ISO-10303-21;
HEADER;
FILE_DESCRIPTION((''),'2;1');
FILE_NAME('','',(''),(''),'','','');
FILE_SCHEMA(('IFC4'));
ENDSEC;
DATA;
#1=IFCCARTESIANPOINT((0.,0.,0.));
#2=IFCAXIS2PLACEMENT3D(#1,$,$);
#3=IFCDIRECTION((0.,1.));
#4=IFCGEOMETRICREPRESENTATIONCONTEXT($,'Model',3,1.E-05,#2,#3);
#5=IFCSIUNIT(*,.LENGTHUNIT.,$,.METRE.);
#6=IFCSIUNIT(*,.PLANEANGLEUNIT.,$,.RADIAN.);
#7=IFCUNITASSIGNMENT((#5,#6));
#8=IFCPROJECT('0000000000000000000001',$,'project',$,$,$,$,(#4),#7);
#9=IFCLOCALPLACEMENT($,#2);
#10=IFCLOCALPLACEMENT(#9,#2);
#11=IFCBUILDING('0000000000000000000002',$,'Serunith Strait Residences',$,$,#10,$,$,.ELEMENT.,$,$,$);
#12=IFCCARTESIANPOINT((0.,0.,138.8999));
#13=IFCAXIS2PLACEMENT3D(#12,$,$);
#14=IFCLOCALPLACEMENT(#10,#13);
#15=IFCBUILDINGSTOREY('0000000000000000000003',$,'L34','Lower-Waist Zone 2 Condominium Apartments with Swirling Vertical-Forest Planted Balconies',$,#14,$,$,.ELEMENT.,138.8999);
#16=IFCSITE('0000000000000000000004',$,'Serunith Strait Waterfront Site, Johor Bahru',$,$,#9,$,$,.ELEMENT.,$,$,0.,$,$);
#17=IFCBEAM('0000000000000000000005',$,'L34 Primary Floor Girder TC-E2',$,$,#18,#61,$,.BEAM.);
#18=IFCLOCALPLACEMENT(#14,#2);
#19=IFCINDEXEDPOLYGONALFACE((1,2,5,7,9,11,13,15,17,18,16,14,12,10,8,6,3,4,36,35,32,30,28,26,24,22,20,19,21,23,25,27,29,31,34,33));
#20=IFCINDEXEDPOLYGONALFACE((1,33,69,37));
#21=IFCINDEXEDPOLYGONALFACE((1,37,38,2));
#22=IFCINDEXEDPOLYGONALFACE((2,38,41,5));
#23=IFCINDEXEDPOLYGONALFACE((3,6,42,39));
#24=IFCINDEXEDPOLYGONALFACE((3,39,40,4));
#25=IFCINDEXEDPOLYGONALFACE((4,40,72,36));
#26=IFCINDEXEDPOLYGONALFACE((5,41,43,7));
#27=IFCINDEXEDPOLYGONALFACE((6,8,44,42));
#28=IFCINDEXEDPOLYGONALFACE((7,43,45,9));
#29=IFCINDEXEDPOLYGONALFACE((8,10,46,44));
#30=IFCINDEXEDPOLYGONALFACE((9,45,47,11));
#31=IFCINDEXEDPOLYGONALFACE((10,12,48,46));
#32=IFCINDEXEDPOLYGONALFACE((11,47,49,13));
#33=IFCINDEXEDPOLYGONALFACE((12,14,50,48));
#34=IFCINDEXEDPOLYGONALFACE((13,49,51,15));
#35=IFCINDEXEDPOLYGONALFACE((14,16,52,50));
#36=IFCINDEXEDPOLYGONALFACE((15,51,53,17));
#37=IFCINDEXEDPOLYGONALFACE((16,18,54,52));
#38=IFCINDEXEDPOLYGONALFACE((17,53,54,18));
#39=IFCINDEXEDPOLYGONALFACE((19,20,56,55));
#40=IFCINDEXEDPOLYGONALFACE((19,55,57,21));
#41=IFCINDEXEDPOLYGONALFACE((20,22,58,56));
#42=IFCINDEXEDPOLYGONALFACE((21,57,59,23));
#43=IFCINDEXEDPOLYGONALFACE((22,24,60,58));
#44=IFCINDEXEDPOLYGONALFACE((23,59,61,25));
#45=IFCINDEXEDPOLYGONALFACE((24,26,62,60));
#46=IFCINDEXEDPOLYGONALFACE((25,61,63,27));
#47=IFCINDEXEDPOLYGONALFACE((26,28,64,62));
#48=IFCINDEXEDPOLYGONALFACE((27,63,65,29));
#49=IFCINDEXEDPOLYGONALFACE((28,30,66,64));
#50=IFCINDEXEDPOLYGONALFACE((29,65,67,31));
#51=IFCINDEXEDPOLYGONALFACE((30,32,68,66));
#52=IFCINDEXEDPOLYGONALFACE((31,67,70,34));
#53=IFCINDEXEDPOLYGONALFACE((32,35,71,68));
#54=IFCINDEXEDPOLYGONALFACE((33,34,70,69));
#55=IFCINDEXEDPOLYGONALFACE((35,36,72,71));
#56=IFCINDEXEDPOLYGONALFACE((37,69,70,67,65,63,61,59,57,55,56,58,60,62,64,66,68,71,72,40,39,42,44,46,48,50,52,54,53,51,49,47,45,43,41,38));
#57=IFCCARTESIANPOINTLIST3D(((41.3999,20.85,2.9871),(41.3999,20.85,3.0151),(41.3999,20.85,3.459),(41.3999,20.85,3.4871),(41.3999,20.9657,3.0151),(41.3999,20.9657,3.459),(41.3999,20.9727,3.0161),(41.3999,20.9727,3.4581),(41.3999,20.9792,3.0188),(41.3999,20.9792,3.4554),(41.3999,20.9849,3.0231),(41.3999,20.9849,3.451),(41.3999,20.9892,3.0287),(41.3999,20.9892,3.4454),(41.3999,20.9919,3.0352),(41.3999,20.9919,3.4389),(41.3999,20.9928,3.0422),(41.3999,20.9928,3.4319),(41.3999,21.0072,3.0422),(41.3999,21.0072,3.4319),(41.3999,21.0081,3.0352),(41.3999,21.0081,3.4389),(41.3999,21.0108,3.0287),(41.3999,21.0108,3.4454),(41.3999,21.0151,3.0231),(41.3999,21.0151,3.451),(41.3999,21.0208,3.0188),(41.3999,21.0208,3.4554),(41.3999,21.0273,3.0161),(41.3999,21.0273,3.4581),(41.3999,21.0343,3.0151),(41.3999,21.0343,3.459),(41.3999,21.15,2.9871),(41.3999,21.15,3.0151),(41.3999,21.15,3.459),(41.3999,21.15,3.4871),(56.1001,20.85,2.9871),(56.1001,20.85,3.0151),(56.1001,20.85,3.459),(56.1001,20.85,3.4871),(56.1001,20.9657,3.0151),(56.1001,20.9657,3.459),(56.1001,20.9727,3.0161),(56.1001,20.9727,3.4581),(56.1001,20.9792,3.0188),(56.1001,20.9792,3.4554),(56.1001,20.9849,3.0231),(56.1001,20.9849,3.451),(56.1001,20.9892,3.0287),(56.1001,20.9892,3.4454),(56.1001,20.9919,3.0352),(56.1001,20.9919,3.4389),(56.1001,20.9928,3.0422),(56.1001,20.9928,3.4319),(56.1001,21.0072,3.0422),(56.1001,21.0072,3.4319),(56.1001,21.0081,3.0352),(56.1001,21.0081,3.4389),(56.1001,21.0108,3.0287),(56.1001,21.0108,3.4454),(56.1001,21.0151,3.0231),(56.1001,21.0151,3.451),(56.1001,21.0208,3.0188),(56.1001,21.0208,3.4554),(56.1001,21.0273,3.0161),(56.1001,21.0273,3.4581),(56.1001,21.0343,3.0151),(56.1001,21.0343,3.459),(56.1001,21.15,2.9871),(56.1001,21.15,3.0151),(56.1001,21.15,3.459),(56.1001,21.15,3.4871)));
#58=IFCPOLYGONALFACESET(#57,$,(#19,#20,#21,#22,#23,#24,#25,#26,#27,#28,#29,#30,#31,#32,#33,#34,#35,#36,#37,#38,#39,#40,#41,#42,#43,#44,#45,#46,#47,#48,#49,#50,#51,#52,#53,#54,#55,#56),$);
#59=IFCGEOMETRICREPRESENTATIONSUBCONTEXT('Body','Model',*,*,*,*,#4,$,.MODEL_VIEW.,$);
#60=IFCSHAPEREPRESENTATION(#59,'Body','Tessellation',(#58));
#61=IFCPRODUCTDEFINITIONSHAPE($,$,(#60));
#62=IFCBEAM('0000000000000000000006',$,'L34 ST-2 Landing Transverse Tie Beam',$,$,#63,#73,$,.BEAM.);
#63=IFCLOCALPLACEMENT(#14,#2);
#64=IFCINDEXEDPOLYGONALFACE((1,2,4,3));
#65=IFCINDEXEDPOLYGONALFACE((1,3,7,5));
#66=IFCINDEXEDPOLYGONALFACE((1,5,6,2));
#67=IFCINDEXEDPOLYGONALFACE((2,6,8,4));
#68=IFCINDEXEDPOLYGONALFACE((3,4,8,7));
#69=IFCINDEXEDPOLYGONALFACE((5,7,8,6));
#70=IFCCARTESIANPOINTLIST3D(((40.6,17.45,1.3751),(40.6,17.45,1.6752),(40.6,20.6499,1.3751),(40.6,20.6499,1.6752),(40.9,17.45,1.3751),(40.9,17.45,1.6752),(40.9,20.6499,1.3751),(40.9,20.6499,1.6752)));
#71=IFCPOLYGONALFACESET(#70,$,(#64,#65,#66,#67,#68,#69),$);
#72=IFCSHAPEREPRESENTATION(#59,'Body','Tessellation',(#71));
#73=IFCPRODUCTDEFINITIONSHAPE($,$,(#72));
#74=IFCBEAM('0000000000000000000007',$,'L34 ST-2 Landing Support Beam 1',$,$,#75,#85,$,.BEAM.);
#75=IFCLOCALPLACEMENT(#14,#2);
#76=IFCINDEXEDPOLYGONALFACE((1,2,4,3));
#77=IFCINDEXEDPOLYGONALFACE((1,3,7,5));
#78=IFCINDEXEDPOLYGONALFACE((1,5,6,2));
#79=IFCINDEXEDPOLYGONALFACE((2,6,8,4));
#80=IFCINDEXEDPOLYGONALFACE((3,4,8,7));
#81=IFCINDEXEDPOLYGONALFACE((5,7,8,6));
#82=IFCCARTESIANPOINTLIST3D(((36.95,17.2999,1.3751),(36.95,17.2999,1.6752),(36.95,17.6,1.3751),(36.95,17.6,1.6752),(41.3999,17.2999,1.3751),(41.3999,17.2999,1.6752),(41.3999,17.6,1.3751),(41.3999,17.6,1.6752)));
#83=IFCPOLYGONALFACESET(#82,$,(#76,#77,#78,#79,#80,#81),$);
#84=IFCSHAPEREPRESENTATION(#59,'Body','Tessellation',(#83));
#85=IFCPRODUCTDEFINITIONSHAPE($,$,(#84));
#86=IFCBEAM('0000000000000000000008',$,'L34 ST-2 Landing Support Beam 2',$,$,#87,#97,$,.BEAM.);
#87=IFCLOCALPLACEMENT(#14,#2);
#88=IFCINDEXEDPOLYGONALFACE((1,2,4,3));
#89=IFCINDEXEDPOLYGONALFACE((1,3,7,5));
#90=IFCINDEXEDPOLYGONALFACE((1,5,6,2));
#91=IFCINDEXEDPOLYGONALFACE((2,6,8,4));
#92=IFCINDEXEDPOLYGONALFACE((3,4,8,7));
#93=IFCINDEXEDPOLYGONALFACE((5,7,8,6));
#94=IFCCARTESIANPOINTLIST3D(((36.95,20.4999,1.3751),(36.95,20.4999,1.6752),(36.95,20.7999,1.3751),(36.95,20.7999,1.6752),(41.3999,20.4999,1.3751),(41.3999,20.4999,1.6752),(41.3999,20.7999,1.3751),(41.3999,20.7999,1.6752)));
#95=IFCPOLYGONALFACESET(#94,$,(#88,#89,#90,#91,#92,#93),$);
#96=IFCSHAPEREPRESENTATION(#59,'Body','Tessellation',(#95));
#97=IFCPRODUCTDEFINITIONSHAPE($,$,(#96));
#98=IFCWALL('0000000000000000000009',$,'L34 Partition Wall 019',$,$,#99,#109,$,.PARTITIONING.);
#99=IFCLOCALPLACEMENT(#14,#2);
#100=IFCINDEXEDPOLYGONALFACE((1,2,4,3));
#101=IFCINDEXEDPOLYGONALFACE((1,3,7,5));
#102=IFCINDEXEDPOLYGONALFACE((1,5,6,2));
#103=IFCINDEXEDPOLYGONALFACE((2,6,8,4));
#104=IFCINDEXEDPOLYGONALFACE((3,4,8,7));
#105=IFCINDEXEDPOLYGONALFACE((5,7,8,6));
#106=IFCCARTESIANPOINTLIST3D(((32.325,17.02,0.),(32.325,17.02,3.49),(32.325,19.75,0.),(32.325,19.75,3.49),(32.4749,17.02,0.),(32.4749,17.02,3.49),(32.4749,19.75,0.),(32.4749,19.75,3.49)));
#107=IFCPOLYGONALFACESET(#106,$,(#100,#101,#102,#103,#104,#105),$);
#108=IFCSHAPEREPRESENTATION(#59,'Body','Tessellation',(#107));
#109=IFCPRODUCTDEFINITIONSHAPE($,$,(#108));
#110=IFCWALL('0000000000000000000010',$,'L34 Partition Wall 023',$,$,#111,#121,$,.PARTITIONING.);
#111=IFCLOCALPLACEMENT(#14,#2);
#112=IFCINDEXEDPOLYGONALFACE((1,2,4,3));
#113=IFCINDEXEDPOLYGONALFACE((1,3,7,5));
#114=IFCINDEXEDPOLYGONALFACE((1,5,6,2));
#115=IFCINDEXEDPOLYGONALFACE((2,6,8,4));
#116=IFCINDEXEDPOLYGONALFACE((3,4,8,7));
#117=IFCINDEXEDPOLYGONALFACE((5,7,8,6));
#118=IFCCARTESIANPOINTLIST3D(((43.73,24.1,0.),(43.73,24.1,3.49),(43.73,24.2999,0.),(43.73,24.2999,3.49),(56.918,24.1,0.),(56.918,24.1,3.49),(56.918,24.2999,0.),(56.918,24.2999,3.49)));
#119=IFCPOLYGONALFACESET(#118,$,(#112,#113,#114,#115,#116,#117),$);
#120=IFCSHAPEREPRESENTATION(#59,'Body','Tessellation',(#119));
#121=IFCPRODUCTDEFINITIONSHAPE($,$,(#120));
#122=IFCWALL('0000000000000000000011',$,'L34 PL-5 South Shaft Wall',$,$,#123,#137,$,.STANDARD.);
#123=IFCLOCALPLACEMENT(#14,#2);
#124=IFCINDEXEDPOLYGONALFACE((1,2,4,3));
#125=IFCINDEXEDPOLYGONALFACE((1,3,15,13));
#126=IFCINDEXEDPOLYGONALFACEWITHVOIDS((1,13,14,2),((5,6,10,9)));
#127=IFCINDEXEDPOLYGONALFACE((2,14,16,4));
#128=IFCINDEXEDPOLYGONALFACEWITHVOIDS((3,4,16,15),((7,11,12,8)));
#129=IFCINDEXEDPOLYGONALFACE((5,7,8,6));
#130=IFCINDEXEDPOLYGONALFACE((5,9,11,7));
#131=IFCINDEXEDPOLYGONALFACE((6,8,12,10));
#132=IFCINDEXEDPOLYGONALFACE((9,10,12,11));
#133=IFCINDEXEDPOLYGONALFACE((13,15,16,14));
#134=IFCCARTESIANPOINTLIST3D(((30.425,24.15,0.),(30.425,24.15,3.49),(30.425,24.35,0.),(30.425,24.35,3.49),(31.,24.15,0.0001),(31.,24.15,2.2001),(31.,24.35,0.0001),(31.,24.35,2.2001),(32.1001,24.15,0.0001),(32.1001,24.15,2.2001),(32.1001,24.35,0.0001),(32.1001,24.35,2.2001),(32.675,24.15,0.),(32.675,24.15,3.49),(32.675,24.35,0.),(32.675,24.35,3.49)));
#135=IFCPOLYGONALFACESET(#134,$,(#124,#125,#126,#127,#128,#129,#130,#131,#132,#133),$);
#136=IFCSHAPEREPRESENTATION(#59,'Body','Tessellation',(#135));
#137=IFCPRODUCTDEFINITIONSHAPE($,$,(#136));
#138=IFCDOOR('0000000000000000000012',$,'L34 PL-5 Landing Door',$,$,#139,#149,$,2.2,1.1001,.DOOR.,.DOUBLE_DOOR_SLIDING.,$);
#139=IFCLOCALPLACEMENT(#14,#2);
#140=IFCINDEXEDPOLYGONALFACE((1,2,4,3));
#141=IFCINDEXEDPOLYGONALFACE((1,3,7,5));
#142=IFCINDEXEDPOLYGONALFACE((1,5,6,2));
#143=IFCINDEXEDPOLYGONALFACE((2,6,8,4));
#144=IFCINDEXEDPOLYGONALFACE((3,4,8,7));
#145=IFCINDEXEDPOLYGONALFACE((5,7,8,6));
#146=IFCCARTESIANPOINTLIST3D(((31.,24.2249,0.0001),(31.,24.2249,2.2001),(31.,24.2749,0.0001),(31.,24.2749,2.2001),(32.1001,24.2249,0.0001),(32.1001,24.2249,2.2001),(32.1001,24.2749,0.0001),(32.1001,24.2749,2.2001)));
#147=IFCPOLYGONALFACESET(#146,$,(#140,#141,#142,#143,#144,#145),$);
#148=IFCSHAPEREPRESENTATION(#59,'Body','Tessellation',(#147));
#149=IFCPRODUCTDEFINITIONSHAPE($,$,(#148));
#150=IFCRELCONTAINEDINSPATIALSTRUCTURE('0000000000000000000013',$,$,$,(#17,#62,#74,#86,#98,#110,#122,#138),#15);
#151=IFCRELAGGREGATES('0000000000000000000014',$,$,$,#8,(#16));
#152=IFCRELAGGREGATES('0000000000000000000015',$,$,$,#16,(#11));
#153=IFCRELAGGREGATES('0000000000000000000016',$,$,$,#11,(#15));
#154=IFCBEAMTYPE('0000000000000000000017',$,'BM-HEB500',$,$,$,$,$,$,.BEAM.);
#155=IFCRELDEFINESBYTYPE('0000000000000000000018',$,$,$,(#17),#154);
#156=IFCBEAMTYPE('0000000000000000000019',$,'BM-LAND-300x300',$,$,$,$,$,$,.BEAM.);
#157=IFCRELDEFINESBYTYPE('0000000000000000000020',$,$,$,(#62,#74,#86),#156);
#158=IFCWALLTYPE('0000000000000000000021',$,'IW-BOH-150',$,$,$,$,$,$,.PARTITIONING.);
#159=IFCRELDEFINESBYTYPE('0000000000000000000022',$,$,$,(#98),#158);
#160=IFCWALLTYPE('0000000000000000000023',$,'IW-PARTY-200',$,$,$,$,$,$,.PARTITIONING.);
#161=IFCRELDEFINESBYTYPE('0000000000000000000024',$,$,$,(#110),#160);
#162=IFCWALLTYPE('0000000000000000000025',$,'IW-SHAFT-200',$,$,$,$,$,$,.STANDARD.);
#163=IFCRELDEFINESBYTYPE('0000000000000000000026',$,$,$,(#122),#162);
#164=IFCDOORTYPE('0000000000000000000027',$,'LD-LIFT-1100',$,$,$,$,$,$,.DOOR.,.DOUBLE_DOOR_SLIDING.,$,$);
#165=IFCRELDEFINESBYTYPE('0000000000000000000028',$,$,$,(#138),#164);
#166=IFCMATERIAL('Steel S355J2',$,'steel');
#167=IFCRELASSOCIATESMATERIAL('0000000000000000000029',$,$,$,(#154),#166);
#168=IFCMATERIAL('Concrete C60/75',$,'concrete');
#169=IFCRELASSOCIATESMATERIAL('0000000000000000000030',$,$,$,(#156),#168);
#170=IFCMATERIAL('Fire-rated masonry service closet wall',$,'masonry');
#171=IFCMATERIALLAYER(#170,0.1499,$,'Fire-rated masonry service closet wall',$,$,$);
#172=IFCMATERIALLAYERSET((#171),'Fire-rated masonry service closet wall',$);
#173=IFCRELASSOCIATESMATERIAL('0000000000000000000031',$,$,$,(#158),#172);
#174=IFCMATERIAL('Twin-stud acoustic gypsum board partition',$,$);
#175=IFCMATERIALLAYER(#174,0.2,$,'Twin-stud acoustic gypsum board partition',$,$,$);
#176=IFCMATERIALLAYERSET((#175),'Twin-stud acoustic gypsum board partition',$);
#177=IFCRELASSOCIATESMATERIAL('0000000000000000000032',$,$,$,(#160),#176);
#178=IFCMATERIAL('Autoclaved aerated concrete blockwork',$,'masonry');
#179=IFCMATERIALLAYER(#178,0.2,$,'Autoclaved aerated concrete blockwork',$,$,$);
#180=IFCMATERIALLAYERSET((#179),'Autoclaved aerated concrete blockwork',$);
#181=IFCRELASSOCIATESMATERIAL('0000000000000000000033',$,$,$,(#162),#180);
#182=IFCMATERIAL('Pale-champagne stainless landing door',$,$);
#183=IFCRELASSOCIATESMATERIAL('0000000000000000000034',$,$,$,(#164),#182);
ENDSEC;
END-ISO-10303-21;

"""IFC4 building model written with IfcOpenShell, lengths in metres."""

from ifc_helpers import new_model, si_unit, direction, frame, frame_2d, origin, origin_2d, place, context, subcontext, project, spatial, rectangle, i_section, extrude, source, transform, mapped, material, layer, layer_set, material_profile, profile_set, type_object, element, fill, save


model = new_model("IFC4")

# Units and contexts
model_context = context("Model", 3, precision=1e-05, world=origin(), true_north=direction((0.0, 1.0)))
body_context = subcontext(model_context, "Body", "Model", "MODEL_VIEW")
ifc_project = project(units=[si_unit("LENGTHUNIT", "METRE"), si_unit("PLANEANGLEUNIT", "RADIAN")], contexts=[model_context])

# Site, building, storey
site_placement = place(None, origin())
site = spatial("IfcSite", under=ifc_project, at=site_placement, Name="Serunith Strait Waterfront Site, Johor Bahru", CompositionType="ELEMENT", RefElevation=0.0)
building_placement = place(site_placement, origin())
building = spatial("IfcBuilding", under=site, at=building_placement, Name="Serunith Strait Residences", CompositionType="ELEMENT")
storey_placement = place(building_placement, frame((0.0, 0.0, 138.8999)))
storey = spatial("IfcBuildingStorey", under=building, at=storey_placement, Name="L34", Description="Lower-Waist Zone 2 Condominium Apartments with Swirling Vertical-Forest Planted Balconies", CompositionType="ELEMENT", Elevation=138.8999)

# Beams
ifc_material_1 = material(Name="Steel S355J2", Category="steel")
ifc_material_profile_1 = material_profile(ifc_material_1, i_section(OverallWidth=0.3, OverallDepth=0.5, WebThickness=0.0144, FlangeThickness=0.0281, FilletRadius=0.0271, at=origin_2d()), Name="HEB 500")
ifc_profile_set_1 = profile_set([ifc_material_profile_1], Name="Steel S355J2")
beam_type_1 = type_object("IfcBeamType", Name="BM-HEB500", PredefinedType="BEAM", material=ifc_profile_set_1)
shared_shape_1 = source(origin(), body_context, "Body", "SweptSolid", [
    extrude(i_section(OverallWidth=0.3, OverallDepth=0.5, WebThickness=0.0144, FlangeThickness=0.0281, FilletRadius=0.0271, at=origin_2d()), origin(), (0.0, 0.0, 1.0), 14.7002),
])
beam_1_placement = place(storey_placement, frame((41.3999, 21.0, 3.2371), z_axis=(1.0, 0.0, 0.0), x_axis=(0.0, 1.0, 0.0)))
element("IfcBeam", 1, at=beam_1_placement, inside=storey, type_object=beam_type_1, Name="L34 Primary Floor Girder TC-E2", PredefinedType="BEAM", context=body_context, shape_type="MappedRepresentation", body=[
    mapped(shared_shape_1, transform((0.0, 0.0, 0.0), scale=1.0)),
])
ifc_material_2 = material(Name="Concrete C60/75", Category="concrete")
ifc_material_profile_2 = material_profile(ifc_material_2, rectangle(XDim=0.3, YDim=0.3, at=origin_2d()), Name="RC 300x300")
ifc_profile_set_2 = profile_set([ifc_material_profile_2], Name="Concrete C60/75")
beam_type_2 = type_object("IfcBeamType", Name="BM-LAND-300x300", PredefinedType="BEAM", material=ifc_profile_set_2)
shared_shape_2 = source(origin(), body_context, "Body", "SweptSolid", [
    extrude(rectangle(XDim=0.3, YDim=0.3, at=origin_2d()), origin(), (0.0, 0.0, 1.0), 3.2),
])
beam_2_placement = place(storey_placement, frame((40.75, 17.45, 1.5251), z_axis=(0.0, 1.0, 0.0), x_axis=(-1.0, 0.0, 0.0)))
element("IfcBeam", 2, at=beam_2_placement, inside=storey, type_object=beam_type_2, Name="L34 ST-2 Landing Transverse Tie Beam", PredefinedType="BEAM", context=body_context, shape_type="MappedRepresentation", body=[
    mapped(shared_shape_2, transform((0.0, 0.0, 0.0), scale=1.0)),
])
shared_shape_3 = source(origin(), body_context, "Body", "SweptSolid", [
    extrude(rectangle(XDim=0.3, YDim=0.3, at=origin_2d()), origin(), (0.0, 0.0, 1.0), 4.45),
])
for number, where, z_axis, x_axis, name in (
    (3, (36.95, 17.45, 1.5251), (1.0, 0.0, 0.0), (0.0, 1.0, 0.0), "L34 ST-2 Landing Support Beam 1"),
    (4, (36.95, 20.6499, 1.5251), (1.0, 0.0, 0.0), (0.0, 1.0, 0.0), "L34 ST-2 Landing Support Beam 2"),
):
    element("IfcBeam", number, at=place(storey_placement, frame(where, z_axis=z_axis, x_axis=x_axis)), inside=storey, type_object=beam_type_2, Name=name, PredefinedType="BEAM", context=body_context, shape_type="MappedRepresentation", body=[
        mapped(shared_shape_3, transform((0.0, 0.0, 0.0), scale=1.0)),
    ])

# Walls
ifc_material_3 = material(Name="Fire-rated masonry service closet wall", Category="masonry")
ifc_layer_1 = layer(ifc_material_3, 0.1499, Name="Fire-rated masonry service closet wall")
ifc_layer_set_1 = layer_set([ifc_layer_1], Name="Fire-rated masonry service closet wall")
wall_type_1 = type_object("IfcWallType", Name="IW-BOH-150", PredefinedType="PARTITIONING", material=ifc_layer_set_1)
wall_1_placement = place(storey_placement, frame((32.3999, 17.02, 0.0), z_axis=(0.0, 0.0, 1.0), x_axis=(0.0, 1.0, 0.0)))
element("IfcWall", 5, at=wall_1_placement, inside=storey, type_object=wall_type_1, Name="L34 Partition Wall 019", PredefinedType="PARTITIONING", context=body_context, shape_type="SweptSolid", body=[
    extrude(rectangle(XDim=2.73, YDim=0.1499, at=frame_2d((1.365, 0.0))), origin(), (0.0, 0.0, 1.0), 3.49),
])
ifc_material_4 = material(Name="Twin-stud acoustic gypsum board partition")
ifc_layer_2 = layer(ifc_material_4, 0.2, Name="Twin-stud acoustic gypsum board partition")
ifc_layer_set_2 = layer_set([ifc_layer_2], Name="Twin-stud acoustic gypsum board partition")
wall_type_2 = type_object("IfcWallType", Name="IW-PARTY-200", PredefinedType="PARTITIONING", material=ifc_layer_set_2)
wall_2_placement = place(storey_placement, frame((43.73, 24.2, 0.0), z_axis=(0.0, 0.0, 1.0), x_axis=(1.0, 0.0, 0.0)))
element("IfcWall", 6, at=wall_2_placement, inside=storey, type_object=wall_type_2, Name="L34 Partition Wall 023", PredefinedType="PARTITIONING", context=body_context, shape_type="SweptSolid", body=[
    extrude(rectangle(XDim=13.188, YDim=0.2, at=frame_2d((6.594, 0.0))), origin(), (0.0, 0.0, 1.0), 3.49),
])

# Wall, opening, door
ifc_material_5 = material(Name="Autoclaved aerated concrete blockwork", Category="masonry")
ifc_layer_3 = layer(ifc_material_5, 0.2, Name="Autoclaved aerated concrete blockwork")
ifc_layer_set_3 = layer_set([ifc_layer_3], Name="Autoclaved aerated concrete blockwork")
wall_type_3 = type_object("IfcWallType", Name="IW-SHAFT-200", PredefinedType="STANDARD", material=ifc_layer_set_3)
wall_3_placement = place(storey_placement, frame((30.425, 24.25, 0.0), z_axis=(0.0, 0.0, 1.0), x_axis=(1.0, 0.0, 0.0)))
wall_3 = element("IfcWall", 7, at=wall_3_placement, inside=storey, type_object=wall_type_3, Name="L34 PL-5 South Shaft Wall", PredefinedType="STANDARD", context=body_context, shape_type="SweptSolid", body=[
    extrude(rectangle(XDim=2.25, YDim=0.2, at=frame_2d((1.125, 0.0))), origin(), (0.0, 0.0, 1.0), 3.49),
])
opening_1_placement = place(wall_3_placement, frame((0.575, 0.0, 0.0)))
opening_1 = element("IfcOpeningElement", 8, at=opening_1_placement, cuts=wall_3, PredefinedType="OPENING", context=body_context, shape_type="SweptSolid", body=[
    extrude(rectangle(XDim=1.1001, YDim=2.2, at=frame_2d((0.55, 1.1001))), frame((0.0, 0.1099, 0.0), z_axis=(0.0, -1.0, 0.0), x_axis=(1.0, 0.0, 0.0)), (0.0, 0.0, 1.0), 0.22),
])
ifc_material_6 = material(Name="Pale-champagne stainless landing door")
door_type_1 = type_object("IfcDoorType", Name="LD-LIFT-1100", OperationType="DOUBLE_DOOR_SLIDING", PredefinedType="DOOR", material=ifc_material_6)
shared_shape_4 = source(origin(), body_context, "Body", "SweptSolid", [
    extrude(rectangle(XDim=1.1001, YDim=2.2, at=frame_2d((0.55, 1.1001))), frame((0.0, 0.0249, 0.0), z_axis=(0.0, -1.0, 0.0), x_axis=(1.0, 0.0, 0.0)), (0.0, 0.0, 1.0), 0.05),
])
door_1_placement = place(opening_1_placement, origin())
door_1 = element("IfcDoor", 9, at=door_1_placement, inside=storey, type_object=door_type_1, Name="L34 PL-5 Landing Door", OperationType="DOUBLE_DOOR_SLIDING", OverallHeight=2.2, OverallWidth=1.1001, PredefinedType="DOOR", context=body_context, shape_type="MappedRepresentation", body=[
    mapped(shared_shape_4, transform((0.0, 0.0, 0.0), scale=1.0)),
])
fill(opening_1, door_1)

save(model, "model.ifc")
